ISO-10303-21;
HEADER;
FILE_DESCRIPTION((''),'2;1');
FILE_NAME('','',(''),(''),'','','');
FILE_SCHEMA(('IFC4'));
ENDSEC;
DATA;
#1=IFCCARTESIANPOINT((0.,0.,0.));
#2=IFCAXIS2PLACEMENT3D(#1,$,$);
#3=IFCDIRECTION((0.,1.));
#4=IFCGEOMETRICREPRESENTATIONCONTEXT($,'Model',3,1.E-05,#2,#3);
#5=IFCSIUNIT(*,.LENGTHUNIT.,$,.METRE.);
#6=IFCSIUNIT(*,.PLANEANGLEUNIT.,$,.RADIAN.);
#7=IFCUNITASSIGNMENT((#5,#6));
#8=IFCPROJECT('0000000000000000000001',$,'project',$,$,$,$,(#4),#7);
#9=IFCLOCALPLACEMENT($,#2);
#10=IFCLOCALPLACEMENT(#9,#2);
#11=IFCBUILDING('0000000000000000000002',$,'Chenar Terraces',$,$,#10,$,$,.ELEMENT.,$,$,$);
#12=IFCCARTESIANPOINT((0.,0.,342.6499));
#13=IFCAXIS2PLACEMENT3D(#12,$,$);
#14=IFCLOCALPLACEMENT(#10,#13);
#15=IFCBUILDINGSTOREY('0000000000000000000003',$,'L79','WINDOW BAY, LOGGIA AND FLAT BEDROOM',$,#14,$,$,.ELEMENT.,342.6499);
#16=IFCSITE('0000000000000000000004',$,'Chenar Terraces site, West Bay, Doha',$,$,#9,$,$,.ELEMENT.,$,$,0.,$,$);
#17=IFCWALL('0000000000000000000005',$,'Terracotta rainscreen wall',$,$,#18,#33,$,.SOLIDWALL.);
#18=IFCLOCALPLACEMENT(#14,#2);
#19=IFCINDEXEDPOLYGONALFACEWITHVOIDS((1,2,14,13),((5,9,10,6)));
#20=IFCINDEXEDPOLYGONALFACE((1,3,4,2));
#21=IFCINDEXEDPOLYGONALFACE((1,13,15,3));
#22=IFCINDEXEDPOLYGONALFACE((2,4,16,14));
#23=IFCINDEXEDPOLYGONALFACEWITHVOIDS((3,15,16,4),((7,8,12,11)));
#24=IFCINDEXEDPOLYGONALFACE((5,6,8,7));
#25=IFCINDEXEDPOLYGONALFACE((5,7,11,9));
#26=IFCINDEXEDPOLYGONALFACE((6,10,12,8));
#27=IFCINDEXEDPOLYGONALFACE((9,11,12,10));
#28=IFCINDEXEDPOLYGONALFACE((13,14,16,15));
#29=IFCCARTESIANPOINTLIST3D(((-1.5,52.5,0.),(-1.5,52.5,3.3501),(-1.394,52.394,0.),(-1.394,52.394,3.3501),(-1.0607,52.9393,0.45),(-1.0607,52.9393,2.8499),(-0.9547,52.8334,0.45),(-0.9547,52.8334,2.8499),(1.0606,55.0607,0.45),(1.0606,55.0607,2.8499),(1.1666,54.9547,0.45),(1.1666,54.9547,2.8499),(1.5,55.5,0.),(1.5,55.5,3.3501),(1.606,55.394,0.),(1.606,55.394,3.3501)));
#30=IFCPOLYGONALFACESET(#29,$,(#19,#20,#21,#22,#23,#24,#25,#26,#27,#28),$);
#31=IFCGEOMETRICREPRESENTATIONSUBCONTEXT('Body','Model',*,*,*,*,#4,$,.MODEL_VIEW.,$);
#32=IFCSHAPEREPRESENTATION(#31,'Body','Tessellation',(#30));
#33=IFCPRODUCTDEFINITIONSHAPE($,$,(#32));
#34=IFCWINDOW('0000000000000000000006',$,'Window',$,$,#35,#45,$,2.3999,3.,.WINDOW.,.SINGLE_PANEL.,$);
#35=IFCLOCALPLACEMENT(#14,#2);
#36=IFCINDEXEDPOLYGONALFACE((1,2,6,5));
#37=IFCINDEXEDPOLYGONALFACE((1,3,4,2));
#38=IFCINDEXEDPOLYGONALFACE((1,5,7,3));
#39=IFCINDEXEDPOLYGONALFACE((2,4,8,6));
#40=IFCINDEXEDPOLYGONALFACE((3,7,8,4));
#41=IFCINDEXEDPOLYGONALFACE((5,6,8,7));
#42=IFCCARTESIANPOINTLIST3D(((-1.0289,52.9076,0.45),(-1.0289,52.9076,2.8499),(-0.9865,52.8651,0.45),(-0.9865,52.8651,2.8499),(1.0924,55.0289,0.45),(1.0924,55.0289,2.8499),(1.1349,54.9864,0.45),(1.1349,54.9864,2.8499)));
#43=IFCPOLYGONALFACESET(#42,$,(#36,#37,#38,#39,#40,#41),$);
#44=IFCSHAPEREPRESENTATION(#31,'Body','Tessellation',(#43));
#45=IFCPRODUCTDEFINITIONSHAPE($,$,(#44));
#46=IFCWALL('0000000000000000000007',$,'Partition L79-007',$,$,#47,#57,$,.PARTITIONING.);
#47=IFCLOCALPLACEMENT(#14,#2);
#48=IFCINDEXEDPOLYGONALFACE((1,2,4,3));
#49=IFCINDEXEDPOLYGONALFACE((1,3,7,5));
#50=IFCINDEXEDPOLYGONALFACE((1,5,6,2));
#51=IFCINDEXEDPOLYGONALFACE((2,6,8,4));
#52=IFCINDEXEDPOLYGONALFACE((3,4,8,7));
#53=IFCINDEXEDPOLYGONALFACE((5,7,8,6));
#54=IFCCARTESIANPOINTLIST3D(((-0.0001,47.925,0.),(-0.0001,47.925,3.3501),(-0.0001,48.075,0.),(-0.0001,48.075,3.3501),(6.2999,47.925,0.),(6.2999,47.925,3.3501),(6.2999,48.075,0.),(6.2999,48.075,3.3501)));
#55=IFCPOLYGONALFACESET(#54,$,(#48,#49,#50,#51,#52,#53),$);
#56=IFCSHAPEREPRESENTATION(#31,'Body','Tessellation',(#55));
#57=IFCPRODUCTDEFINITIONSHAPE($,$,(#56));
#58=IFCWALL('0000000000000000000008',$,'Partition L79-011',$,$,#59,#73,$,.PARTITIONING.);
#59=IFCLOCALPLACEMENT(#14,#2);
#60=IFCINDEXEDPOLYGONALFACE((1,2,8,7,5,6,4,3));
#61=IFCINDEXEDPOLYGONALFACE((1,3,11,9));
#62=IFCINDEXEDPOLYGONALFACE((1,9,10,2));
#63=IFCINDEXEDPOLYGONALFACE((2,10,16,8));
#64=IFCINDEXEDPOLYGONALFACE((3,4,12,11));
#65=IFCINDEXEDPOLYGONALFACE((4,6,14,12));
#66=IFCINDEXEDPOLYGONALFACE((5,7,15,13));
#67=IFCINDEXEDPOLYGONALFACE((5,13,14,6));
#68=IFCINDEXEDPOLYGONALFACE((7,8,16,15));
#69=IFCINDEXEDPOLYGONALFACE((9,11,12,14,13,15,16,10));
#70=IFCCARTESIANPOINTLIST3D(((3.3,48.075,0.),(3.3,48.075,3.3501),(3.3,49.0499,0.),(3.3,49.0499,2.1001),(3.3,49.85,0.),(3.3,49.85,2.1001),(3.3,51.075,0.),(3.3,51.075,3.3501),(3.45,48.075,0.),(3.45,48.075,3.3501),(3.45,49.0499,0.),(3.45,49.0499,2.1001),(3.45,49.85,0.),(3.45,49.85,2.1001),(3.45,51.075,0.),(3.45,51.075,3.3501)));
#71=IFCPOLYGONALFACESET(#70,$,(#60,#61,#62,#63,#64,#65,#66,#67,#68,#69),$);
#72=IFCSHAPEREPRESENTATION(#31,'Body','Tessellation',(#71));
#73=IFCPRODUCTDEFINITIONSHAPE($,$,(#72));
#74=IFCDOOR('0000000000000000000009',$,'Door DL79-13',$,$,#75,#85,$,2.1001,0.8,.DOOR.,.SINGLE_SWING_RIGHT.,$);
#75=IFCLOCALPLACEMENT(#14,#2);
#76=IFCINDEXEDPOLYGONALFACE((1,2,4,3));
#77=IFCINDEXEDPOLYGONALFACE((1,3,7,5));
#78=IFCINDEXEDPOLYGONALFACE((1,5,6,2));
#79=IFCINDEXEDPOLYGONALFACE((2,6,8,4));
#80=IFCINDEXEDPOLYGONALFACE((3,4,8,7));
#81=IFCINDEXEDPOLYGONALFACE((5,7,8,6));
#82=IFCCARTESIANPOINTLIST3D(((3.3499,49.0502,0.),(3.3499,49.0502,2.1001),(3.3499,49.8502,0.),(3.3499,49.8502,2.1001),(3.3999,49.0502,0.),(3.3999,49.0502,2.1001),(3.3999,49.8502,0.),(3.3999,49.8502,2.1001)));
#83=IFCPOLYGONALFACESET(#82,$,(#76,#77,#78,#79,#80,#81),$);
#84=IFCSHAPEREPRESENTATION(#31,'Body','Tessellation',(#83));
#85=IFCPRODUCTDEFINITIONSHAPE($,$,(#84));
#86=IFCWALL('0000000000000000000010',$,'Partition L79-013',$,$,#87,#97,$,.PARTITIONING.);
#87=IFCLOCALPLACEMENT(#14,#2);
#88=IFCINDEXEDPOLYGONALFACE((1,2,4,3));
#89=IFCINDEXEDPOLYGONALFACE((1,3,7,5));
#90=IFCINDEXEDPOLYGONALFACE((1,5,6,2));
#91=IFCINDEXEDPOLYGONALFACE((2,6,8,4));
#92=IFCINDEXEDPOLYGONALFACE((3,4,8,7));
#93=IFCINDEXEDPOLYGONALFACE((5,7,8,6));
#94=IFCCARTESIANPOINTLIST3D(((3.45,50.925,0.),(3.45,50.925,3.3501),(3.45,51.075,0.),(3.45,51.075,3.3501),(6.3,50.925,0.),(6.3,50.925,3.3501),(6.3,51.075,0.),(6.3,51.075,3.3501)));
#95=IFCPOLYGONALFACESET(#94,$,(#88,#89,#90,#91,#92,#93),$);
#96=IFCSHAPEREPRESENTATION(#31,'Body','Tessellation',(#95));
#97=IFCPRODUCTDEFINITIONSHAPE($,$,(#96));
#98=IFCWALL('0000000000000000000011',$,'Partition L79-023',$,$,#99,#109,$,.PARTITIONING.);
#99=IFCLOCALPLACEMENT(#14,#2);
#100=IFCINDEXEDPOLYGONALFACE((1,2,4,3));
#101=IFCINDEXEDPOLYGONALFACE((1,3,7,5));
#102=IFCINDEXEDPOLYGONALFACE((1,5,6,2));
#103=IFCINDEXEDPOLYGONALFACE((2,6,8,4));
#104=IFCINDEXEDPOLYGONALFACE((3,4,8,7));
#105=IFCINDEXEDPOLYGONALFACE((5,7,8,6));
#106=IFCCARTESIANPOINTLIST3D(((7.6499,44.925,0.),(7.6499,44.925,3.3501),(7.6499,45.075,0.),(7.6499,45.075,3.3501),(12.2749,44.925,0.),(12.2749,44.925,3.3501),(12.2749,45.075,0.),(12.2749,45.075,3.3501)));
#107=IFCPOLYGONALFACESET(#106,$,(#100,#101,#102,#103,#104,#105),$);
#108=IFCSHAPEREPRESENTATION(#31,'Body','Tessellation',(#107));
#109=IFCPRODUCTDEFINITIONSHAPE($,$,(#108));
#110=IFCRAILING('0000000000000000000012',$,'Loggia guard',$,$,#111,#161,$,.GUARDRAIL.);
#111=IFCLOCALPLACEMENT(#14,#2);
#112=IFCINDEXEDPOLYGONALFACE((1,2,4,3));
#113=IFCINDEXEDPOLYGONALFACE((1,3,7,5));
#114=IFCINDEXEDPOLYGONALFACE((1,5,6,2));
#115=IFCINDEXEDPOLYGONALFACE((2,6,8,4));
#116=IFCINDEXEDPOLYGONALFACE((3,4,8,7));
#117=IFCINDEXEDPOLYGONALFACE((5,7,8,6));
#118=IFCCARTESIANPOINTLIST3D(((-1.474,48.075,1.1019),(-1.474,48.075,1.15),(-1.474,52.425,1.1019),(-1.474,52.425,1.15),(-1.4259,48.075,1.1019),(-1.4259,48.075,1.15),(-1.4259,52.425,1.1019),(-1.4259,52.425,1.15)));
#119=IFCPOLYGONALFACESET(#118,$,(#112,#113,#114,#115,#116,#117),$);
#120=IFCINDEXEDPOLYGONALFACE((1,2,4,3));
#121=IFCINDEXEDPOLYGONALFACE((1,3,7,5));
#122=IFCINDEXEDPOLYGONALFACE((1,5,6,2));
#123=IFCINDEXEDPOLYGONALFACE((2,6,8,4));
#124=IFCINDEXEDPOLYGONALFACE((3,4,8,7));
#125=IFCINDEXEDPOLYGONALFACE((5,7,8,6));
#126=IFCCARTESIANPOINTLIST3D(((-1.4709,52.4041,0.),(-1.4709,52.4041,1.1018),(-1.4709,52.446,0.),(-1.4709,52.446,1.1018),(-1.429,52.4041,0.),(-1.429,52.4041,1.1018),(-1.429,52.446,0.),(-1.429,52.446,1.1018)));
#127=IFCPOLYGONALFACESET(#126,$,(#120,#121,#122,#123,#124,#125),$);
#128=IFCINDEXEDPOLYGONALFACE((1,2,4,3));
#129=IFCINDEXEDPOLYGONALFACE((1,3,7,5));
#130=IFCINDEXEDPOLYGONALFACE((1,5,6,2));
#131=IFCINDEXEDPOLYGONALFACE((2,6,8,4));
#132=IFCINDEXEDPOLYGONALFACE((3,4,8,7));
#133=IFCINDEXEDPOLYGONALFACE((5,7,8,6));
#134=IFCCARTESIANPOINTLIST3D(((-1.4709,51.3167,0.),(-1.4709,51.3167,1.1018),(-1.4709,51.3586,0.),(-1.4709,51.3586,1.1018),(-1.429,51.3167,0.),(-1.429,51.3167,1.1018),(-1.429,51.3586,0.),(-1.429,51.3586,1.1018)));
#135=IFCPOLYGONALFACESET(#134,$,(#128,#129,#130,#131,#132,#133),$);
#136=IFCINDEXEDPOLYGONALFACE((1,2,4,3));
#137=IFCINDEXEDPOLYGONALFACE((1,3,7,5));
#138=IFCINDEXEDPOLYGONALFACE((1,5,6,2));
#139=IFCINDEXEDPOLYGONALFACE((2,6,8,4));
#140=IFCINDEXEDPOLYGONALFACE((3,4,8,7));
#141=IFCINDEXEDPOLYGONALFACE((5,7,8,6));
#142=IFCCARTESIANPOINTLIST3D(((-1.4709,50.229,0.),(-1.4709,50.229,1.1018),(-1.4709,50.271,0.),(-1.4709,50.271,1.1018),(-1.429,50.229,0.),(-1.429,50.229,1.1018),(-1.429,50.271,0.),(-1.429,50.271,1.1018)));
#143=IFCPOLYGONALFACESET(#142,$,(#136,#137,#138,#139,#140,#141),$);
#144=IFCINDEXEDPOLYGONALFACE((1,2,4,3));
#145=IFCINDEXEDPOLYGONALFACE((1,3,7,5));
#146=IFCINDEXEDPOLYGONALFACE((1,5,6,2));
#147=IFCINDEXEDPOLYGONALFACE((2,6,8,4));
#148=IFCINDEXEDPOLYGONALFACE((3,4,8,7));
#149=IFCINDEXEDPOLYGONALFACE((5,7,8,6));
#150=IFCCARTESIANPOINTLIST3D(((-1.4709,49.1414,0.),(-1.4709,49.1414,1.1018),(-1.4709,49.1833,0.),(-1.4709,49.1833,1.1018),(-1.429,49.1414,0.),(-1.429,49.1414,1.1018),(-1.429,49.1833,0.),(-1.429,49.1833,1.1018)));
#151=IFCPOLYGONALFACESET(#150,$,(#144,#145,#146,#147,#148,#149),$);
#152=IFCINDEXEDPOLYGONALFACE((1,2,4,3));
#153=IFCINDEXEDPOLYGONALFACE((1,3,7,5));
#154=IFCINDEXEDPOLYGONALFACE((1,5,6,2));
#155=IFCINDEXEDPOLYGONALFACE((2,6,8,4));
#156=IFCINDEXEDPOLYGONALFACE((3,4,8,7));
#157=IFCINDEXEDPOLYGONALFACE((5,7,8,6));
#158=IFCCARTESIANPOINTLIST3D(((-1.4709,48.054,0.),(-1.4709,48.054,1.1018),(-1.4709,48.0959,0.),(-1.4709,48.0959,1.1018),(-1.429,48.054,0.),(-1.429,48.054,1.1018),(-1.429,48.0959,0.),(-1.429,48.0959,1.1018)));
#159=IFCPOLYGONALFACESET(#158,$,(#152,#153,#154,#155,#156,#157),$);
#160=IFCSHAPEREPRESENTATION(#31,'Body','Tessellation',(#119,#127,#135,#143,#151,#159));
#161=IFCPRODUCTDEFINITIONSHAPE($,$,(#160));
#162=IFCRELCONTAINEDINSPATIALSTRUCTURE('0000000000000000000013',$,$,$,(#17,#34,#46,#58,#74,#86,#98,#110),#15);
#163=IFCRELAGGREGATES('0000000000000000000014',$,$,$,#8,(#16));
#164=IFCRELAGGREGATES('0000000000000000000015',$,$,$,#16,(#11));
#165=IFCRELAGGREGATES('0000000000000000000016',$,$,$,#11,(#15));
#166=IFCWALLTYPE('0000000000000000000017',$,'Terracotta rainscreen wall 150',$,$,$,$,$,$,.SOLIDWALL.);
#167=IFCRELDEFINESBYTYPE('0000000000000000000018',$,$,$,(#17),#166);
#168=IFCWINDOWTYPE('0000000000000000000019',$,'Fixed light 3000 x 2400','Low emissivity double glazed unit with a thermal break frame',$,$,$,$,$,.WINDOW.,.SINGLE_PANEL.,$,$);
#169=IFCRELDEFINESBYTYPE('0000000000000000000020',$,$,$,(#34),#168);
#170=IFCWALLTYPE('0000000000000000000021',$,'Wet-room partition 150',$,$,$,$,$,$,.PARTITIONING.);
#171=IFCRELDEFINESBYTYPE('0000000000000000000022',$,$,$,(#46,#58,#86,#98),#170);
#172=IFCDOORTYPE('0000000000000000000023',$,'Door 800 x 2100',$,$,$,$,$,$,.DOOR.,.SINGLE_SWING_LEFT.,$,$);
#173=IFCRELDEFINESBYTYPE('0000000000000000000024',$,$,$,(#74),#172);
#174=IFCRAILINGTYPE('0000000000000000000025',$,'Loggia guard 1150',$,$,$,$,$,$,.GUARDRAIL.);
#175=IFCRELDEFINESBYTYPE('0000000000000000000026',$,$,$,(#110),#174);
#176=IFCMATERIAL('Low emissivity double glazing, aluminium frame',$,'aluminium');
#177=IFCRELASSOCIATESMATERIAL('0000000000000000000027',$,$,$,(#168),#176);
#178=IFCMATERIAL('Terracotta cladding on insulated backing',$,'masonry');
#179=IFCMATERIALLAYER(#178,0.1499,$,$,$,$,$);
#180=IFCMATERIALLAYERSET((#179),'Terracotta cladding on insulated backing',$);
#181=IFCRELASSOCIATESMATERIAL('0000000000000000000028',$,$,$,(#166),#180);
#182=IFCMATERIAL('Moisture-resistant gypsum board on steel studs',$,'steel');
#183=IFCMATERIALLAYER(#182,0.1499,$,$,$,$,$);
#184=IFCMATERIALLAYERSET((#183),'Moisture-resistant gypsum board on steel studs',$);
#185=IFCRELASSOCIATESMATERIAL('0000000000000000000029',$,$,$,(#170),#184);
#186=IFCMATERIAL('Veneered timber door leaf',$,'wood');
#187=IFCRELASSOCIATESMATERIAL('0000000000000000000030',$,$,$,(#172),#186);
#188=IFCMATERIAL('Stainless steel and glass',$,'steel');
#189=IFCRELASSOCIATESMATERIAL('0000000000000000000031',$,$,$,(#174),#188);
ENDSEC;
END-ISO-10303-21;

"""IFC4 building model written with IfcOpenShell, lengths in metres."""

from ifc_helpers import new_model, si_unit, direction, frame, frame_2d, origin, origin_2d, place, context, subcontext, project, spatial, rectangle, extrude, material, layer, layer_set, type_object, element, fill, save


model = new_model("IFC4")

# Units and contexts
model_context = context("Model", 3, precision=1e-05, world=origin(), true_north=direction((0.0, 1.0)))
body_context = subcontext(model_context, "Body", "Model", "MODEL_VIEW")
ifc_project = project(units=[si_unit("LENGTHUNIT", "METRE"), si_unit("PLANEANGLEUNIT", "RADIAN")], contexts=[model_context])

# Site, building, storey
site_placement = place(None, origin())
site = spatial("IfcSite", under=ifc_project, at=site_placement, Name="Chenar Terraces site, West Bay, Doha", CompositionType="ELEMENT", RefElevation=0.0)
building_placement = place(site_placement, origin())
building = spatial("IfcBuilding", under=site, at=building_placement, Name="Chenar Terraces", CompositionType="ELEMENT")
storey_placement = place(building_placement, frame((0.0, 0.0, 342.6499)))
storey = spatial("IfcBuildingStorey", under=building, at=storey_placement, Name="L79", Description="WINDOW BAY, LOGGIA AND FLAT BEDROOM", CompositionType="ELEMENT", Elevation=342.6499)

# Shared definitions
ifc_material_1 = material(Name="Low emissivity double glazing, aluminium frame", Category="aluminium")
window_type_1 = type_object("IfcWindowType", Name="Fixed light 3000 x 2400", Description="Low emissivity double glazed unit with a thermal break frame", PartitioningType="SINGLE_PANEL", PredefinedType="WINDOW", material=ifc_material_1)

# Wall, opening, window
ifc_material_2 = material(Name="Terracotta cladding on insulated backing", Category="masonry")
ifc_layer_1 = layer(ifc_material_2, 0.1499)
ifc_layer_set_1 = layer_set([ifc_layer_1], Name="Terracotta cladding on insulated backing")
wall_type_1 = type_object("IfcWallType", Name="Terracotta rainscreen wall 150", PredefinedType="SOLIDWALL", material=ifc_layer_set_1)
wall_1_placement = place(storey_placement, frame((1.553, 55.447, 0.0), z_axis=(0.0, 0.0, 1.0), x_axis=(-0.707107, -0.707107, 0.0)))
wall_1 = element("IfcWall", 1, at=wall_1_placement, inside=storey, type_object=wall_type_1, Name="Terracotta rainscreen wall", PredefinedType="SOLIDWALL", context=body_context, shape_type="SweptSolid", body=[
    extrude(rectangle(XDim=4.2427, YDim=0.1499, at=frame_2d((2.1213, 0.0))), origin(), (0.0, 0.0, 1.0), 3.3501),
])
opening_1_placement = place(wall_1_placement, frame((0.6213, 0.0, 0.45)))
opening_1 = element("IfcOpeningElement", 2, at=opening_1_placement, cuts=wall_1, PredefinedType="OPENING", context=body_context, shape_type="SweptSolid", body=[
    extrude(rectangle(XDim=3.0, YDim=2.3999, at=frame_2d((1.5, 1.2))), frame((0.0, 0.085, 0.0), z_axis=(0.0, -1.0, 0.0), x_axis=(1.0, 0.0, 0.0)), (0.0, 0.0, 1.0), 0.1699),
])
window_1_placement = place(opening_1_placement, origin())
window_1 = element("IfcWindow", 3, at=window_1_placement, inside=storey, type_object=window_type_1, Name="Window", OverallHeight=2.3999, OverallWidth=3.0, PartitioningType="SINGLE_PANEL", PredefinedType="WINDOW", context=body_context, shape_type="SweptSolid", body=[
    extrude(rectangle(XDim=3.0, YDim=2.3999, at=frame_2d((1.5, 1.2))), frame((0.0, 0.03, 0.0), z_axis=(0.0, -1.0, 0.0), x_axis=(1.0, 0.0, 0.0)), (0.0, 0.0, 1.0), 0.0601),
])
fill(opening_1, window_1)

# Wall
ifc_material_3 = material(Name="Moisture-resistant gypsum board on steel studs", Category="steel")
ifc_layer_2 = layer(ifc_material_3, 0.1499)
ifc_layer_set_2 = layer_set([ifc_layer_2], Name="Moisture-resistant gypsum board on steel studs")
wall_type_2 = type_object("IfcWallType", Name="Wet-room partition 150", PredefinedType="PARTITIONING", material=ifc_layer_set_2)
wall_2_placement = place(storey_placement, frame((0.0, 48.0, 0.0), z_axis=(0.0, 0.0, 1.0), x_axis=(1.0, 0.0, 0.0)))
element("IfcWall", 4, at=wall_2_placement, inside=storey, type_object=wall_type_2, Name="Partition L79-007", PredefinedType="PARTITIONING", context=body_context, shape_type="SweptSolid", body=[
    extrude(rectangle(XDim=6.3, YDim=0.1499, at=frame_2d((3.1499, 0.0))), origin(), (0.0, 0.0, 1.0), 3.3501),
])

# Wall, opening, door
wall_3_placement = place(storey_placement, frame((3.375, 48.075, 0.0), z_axis=(0.0, 0.0, 1.0), x_axis=(0.0, 1.0, 0.0)))
wall_3 = element("IfcWall", 5, at=wall_3_placement, inside=storey, type_object=wall_type_2, Name="Partition L79-011", PredefinedType="PARTITIONING", context=body_context, shape_type="SweptSolid", body=[
    extrude(rectangle(XDim=3.0, YDim=0.1499, at=frame_2d((1.5, 0.0))), origin(), (0.0, 0.0, 1.0), 3.3501),
])
opening_2_placement = place(wall_3_placement, frame((0.9751, 0.0, 0.0)))
opening_2 = element("IfcOpeningElement", 6, at=opening_2_placement, cuts=wall_3, PredefinedType="OPENING", context=body_context, shape_type="SweptSolid", body=[
    extrude(rectangle(XDim=0.8, YDim=2.1001, at=frame_2d((0.3999, 1.05))), frame((0.0, 0.085, 0.0), z_axis=(0.0, -1.0, 0.0), x_axis=(1.0, 0.0, 0.0)), (0.0, 0.0, 1.0), 0.1699),
])
ifc_material_4 = material(Name="Veneered timber door leaf", Category="wood")
door_type_1 = type_object("IfcDoorType", Name="Door 800 x 2100", OperationType="SINGLE_SWING_LEFT", PredefinedType="DOOR", material=ifc_material_4)
door_1_placement = place(opening_2_placement, frame((0.8, 0.0, 0.0), z_axis=(0.0, 0.0, 1.0), x_axis=(-1.0, 0.0, 0.0)))
door_1 = element("IfcDoor", 7, at=door_1_placement, inside=storey, type_object=door_type_1, Name="Door DL79-13", OperationType="SINGLE_SWING_RIGHT", OverallHeight=2.1001, OverallWidth=0.8, PredefinedType="DOOR", context=body_context, shape_type="SweptSolid", body=[
    extrude(rectangle(XDim=0.8, YDim=2.1001, at=frame_2d((0.3999, 1.05))), frame((0.0, 0.0249, 0.0), z_axis=(0.0, -1.0, 0.0), x_axis=(1.0, 0.0, 0.0)), (0.0, 0.0, 1.0), 0.05),
])
fill(opening_2, door_1)

# Walls
wall_4_placement = place(storey_placement, frame((3.45, 51.0, 0.0), z_axis=(0.0, 0.0, 1.0), x_axis=(1.0, 0.0, 0.0)))
element("IfcWall", 8, at=wall_4_placement, inside=storey, type_object=wall_type_2, Name="Partition L79-013", PredefinedType="PARTITIONING", context=body_context, shape_type="SweptSolid", body=[
    extrude(rectangle(XDim=2.8501, YDim=0.1499, at=frame_2d((1.425, 0.0))), origin(), (0.0, 0.0, 1.0), 3.3501),
])
wall_5_placement = place(storey_placement, frame((7.6499, 45.0, 0.0), z_axis=(0.0, 0.0, 1.0), x_axis=(1.0, 0.0, 0.0)))
element("IfcWall", 9, at=wall_5_placement, inside=storey, type_object=wall_type_2, Name="Partition L79-023", PredefinedType="PARTITIONING", context=body_context, shape_type="SweptSolid", body=[
    extrude(rectangle(XDim=4.625, YDim=0.1499, at=frame_2d((2.3125, 0.0))), origin(), (0.0, 0.0, 1.0), 3.3501),
])

# Railing
ifc_material_5 = material(Name="Stainless steel and glass", Category="steel")
railing_type = type_object("IfcRailingType", Name="Loggia guard 1150", PredefinedType="GUARDRAIL", material=ifc_material_5)
railing_placement = place(storey_placement, frame((-1.45, 52.425, 0.0)))
element("IfcRailing", 10, at=railing_placement, inside=storey, type_object=railing_type, Name="Loggia guard", PredefinedType="GUARDRAIL", context=body_context, shape_type="SweptSolid", body=[
    extrude(rectangle(XDim=0.0481, YDim=0.0481, at=origin_2d()), frame((0.0, 0.0, 1.126), z_axis=(0.0, -1.0, 0.0), x_axis=(1.0, 0.0, 0.0)), (0.0, 0.0, 1.0), 4.3501),
    extrude(rectangle(XDim=0.042, YDim=0.042, at=origin_2d()), origin(), (0.0, 0.0, 1.0), 1.1018),
    extrude(rectangle(XDim=0.042, YDim=0.042, at=origin_2d()), frame((0.0, -1.0874, 0.0)), (0.0, 0.0, 1.0), 1.1018),
    extrude(rectangle(XDim=0.042, YDim=0.042, at=origin_2d()), frame((0.0, -2.175, 0.0)), (0.0, 0.0, 1.0), 1.1018),
    extrude(rectangle(XDim=0.042, YDim=0.042, at=origin_2d()), frame((0.0, -3.2627, 0.0)), (0.0, 0.0, 1.0), 1.1018),
    extrude(rectangle(XDim=0.042, YDim=0.042, at=origin_2d()), frame((0.0, -4.3501, 0.0)), (0.0, 0.0, 1.0), 1.1018),
])

save(model, "model.ifc")
